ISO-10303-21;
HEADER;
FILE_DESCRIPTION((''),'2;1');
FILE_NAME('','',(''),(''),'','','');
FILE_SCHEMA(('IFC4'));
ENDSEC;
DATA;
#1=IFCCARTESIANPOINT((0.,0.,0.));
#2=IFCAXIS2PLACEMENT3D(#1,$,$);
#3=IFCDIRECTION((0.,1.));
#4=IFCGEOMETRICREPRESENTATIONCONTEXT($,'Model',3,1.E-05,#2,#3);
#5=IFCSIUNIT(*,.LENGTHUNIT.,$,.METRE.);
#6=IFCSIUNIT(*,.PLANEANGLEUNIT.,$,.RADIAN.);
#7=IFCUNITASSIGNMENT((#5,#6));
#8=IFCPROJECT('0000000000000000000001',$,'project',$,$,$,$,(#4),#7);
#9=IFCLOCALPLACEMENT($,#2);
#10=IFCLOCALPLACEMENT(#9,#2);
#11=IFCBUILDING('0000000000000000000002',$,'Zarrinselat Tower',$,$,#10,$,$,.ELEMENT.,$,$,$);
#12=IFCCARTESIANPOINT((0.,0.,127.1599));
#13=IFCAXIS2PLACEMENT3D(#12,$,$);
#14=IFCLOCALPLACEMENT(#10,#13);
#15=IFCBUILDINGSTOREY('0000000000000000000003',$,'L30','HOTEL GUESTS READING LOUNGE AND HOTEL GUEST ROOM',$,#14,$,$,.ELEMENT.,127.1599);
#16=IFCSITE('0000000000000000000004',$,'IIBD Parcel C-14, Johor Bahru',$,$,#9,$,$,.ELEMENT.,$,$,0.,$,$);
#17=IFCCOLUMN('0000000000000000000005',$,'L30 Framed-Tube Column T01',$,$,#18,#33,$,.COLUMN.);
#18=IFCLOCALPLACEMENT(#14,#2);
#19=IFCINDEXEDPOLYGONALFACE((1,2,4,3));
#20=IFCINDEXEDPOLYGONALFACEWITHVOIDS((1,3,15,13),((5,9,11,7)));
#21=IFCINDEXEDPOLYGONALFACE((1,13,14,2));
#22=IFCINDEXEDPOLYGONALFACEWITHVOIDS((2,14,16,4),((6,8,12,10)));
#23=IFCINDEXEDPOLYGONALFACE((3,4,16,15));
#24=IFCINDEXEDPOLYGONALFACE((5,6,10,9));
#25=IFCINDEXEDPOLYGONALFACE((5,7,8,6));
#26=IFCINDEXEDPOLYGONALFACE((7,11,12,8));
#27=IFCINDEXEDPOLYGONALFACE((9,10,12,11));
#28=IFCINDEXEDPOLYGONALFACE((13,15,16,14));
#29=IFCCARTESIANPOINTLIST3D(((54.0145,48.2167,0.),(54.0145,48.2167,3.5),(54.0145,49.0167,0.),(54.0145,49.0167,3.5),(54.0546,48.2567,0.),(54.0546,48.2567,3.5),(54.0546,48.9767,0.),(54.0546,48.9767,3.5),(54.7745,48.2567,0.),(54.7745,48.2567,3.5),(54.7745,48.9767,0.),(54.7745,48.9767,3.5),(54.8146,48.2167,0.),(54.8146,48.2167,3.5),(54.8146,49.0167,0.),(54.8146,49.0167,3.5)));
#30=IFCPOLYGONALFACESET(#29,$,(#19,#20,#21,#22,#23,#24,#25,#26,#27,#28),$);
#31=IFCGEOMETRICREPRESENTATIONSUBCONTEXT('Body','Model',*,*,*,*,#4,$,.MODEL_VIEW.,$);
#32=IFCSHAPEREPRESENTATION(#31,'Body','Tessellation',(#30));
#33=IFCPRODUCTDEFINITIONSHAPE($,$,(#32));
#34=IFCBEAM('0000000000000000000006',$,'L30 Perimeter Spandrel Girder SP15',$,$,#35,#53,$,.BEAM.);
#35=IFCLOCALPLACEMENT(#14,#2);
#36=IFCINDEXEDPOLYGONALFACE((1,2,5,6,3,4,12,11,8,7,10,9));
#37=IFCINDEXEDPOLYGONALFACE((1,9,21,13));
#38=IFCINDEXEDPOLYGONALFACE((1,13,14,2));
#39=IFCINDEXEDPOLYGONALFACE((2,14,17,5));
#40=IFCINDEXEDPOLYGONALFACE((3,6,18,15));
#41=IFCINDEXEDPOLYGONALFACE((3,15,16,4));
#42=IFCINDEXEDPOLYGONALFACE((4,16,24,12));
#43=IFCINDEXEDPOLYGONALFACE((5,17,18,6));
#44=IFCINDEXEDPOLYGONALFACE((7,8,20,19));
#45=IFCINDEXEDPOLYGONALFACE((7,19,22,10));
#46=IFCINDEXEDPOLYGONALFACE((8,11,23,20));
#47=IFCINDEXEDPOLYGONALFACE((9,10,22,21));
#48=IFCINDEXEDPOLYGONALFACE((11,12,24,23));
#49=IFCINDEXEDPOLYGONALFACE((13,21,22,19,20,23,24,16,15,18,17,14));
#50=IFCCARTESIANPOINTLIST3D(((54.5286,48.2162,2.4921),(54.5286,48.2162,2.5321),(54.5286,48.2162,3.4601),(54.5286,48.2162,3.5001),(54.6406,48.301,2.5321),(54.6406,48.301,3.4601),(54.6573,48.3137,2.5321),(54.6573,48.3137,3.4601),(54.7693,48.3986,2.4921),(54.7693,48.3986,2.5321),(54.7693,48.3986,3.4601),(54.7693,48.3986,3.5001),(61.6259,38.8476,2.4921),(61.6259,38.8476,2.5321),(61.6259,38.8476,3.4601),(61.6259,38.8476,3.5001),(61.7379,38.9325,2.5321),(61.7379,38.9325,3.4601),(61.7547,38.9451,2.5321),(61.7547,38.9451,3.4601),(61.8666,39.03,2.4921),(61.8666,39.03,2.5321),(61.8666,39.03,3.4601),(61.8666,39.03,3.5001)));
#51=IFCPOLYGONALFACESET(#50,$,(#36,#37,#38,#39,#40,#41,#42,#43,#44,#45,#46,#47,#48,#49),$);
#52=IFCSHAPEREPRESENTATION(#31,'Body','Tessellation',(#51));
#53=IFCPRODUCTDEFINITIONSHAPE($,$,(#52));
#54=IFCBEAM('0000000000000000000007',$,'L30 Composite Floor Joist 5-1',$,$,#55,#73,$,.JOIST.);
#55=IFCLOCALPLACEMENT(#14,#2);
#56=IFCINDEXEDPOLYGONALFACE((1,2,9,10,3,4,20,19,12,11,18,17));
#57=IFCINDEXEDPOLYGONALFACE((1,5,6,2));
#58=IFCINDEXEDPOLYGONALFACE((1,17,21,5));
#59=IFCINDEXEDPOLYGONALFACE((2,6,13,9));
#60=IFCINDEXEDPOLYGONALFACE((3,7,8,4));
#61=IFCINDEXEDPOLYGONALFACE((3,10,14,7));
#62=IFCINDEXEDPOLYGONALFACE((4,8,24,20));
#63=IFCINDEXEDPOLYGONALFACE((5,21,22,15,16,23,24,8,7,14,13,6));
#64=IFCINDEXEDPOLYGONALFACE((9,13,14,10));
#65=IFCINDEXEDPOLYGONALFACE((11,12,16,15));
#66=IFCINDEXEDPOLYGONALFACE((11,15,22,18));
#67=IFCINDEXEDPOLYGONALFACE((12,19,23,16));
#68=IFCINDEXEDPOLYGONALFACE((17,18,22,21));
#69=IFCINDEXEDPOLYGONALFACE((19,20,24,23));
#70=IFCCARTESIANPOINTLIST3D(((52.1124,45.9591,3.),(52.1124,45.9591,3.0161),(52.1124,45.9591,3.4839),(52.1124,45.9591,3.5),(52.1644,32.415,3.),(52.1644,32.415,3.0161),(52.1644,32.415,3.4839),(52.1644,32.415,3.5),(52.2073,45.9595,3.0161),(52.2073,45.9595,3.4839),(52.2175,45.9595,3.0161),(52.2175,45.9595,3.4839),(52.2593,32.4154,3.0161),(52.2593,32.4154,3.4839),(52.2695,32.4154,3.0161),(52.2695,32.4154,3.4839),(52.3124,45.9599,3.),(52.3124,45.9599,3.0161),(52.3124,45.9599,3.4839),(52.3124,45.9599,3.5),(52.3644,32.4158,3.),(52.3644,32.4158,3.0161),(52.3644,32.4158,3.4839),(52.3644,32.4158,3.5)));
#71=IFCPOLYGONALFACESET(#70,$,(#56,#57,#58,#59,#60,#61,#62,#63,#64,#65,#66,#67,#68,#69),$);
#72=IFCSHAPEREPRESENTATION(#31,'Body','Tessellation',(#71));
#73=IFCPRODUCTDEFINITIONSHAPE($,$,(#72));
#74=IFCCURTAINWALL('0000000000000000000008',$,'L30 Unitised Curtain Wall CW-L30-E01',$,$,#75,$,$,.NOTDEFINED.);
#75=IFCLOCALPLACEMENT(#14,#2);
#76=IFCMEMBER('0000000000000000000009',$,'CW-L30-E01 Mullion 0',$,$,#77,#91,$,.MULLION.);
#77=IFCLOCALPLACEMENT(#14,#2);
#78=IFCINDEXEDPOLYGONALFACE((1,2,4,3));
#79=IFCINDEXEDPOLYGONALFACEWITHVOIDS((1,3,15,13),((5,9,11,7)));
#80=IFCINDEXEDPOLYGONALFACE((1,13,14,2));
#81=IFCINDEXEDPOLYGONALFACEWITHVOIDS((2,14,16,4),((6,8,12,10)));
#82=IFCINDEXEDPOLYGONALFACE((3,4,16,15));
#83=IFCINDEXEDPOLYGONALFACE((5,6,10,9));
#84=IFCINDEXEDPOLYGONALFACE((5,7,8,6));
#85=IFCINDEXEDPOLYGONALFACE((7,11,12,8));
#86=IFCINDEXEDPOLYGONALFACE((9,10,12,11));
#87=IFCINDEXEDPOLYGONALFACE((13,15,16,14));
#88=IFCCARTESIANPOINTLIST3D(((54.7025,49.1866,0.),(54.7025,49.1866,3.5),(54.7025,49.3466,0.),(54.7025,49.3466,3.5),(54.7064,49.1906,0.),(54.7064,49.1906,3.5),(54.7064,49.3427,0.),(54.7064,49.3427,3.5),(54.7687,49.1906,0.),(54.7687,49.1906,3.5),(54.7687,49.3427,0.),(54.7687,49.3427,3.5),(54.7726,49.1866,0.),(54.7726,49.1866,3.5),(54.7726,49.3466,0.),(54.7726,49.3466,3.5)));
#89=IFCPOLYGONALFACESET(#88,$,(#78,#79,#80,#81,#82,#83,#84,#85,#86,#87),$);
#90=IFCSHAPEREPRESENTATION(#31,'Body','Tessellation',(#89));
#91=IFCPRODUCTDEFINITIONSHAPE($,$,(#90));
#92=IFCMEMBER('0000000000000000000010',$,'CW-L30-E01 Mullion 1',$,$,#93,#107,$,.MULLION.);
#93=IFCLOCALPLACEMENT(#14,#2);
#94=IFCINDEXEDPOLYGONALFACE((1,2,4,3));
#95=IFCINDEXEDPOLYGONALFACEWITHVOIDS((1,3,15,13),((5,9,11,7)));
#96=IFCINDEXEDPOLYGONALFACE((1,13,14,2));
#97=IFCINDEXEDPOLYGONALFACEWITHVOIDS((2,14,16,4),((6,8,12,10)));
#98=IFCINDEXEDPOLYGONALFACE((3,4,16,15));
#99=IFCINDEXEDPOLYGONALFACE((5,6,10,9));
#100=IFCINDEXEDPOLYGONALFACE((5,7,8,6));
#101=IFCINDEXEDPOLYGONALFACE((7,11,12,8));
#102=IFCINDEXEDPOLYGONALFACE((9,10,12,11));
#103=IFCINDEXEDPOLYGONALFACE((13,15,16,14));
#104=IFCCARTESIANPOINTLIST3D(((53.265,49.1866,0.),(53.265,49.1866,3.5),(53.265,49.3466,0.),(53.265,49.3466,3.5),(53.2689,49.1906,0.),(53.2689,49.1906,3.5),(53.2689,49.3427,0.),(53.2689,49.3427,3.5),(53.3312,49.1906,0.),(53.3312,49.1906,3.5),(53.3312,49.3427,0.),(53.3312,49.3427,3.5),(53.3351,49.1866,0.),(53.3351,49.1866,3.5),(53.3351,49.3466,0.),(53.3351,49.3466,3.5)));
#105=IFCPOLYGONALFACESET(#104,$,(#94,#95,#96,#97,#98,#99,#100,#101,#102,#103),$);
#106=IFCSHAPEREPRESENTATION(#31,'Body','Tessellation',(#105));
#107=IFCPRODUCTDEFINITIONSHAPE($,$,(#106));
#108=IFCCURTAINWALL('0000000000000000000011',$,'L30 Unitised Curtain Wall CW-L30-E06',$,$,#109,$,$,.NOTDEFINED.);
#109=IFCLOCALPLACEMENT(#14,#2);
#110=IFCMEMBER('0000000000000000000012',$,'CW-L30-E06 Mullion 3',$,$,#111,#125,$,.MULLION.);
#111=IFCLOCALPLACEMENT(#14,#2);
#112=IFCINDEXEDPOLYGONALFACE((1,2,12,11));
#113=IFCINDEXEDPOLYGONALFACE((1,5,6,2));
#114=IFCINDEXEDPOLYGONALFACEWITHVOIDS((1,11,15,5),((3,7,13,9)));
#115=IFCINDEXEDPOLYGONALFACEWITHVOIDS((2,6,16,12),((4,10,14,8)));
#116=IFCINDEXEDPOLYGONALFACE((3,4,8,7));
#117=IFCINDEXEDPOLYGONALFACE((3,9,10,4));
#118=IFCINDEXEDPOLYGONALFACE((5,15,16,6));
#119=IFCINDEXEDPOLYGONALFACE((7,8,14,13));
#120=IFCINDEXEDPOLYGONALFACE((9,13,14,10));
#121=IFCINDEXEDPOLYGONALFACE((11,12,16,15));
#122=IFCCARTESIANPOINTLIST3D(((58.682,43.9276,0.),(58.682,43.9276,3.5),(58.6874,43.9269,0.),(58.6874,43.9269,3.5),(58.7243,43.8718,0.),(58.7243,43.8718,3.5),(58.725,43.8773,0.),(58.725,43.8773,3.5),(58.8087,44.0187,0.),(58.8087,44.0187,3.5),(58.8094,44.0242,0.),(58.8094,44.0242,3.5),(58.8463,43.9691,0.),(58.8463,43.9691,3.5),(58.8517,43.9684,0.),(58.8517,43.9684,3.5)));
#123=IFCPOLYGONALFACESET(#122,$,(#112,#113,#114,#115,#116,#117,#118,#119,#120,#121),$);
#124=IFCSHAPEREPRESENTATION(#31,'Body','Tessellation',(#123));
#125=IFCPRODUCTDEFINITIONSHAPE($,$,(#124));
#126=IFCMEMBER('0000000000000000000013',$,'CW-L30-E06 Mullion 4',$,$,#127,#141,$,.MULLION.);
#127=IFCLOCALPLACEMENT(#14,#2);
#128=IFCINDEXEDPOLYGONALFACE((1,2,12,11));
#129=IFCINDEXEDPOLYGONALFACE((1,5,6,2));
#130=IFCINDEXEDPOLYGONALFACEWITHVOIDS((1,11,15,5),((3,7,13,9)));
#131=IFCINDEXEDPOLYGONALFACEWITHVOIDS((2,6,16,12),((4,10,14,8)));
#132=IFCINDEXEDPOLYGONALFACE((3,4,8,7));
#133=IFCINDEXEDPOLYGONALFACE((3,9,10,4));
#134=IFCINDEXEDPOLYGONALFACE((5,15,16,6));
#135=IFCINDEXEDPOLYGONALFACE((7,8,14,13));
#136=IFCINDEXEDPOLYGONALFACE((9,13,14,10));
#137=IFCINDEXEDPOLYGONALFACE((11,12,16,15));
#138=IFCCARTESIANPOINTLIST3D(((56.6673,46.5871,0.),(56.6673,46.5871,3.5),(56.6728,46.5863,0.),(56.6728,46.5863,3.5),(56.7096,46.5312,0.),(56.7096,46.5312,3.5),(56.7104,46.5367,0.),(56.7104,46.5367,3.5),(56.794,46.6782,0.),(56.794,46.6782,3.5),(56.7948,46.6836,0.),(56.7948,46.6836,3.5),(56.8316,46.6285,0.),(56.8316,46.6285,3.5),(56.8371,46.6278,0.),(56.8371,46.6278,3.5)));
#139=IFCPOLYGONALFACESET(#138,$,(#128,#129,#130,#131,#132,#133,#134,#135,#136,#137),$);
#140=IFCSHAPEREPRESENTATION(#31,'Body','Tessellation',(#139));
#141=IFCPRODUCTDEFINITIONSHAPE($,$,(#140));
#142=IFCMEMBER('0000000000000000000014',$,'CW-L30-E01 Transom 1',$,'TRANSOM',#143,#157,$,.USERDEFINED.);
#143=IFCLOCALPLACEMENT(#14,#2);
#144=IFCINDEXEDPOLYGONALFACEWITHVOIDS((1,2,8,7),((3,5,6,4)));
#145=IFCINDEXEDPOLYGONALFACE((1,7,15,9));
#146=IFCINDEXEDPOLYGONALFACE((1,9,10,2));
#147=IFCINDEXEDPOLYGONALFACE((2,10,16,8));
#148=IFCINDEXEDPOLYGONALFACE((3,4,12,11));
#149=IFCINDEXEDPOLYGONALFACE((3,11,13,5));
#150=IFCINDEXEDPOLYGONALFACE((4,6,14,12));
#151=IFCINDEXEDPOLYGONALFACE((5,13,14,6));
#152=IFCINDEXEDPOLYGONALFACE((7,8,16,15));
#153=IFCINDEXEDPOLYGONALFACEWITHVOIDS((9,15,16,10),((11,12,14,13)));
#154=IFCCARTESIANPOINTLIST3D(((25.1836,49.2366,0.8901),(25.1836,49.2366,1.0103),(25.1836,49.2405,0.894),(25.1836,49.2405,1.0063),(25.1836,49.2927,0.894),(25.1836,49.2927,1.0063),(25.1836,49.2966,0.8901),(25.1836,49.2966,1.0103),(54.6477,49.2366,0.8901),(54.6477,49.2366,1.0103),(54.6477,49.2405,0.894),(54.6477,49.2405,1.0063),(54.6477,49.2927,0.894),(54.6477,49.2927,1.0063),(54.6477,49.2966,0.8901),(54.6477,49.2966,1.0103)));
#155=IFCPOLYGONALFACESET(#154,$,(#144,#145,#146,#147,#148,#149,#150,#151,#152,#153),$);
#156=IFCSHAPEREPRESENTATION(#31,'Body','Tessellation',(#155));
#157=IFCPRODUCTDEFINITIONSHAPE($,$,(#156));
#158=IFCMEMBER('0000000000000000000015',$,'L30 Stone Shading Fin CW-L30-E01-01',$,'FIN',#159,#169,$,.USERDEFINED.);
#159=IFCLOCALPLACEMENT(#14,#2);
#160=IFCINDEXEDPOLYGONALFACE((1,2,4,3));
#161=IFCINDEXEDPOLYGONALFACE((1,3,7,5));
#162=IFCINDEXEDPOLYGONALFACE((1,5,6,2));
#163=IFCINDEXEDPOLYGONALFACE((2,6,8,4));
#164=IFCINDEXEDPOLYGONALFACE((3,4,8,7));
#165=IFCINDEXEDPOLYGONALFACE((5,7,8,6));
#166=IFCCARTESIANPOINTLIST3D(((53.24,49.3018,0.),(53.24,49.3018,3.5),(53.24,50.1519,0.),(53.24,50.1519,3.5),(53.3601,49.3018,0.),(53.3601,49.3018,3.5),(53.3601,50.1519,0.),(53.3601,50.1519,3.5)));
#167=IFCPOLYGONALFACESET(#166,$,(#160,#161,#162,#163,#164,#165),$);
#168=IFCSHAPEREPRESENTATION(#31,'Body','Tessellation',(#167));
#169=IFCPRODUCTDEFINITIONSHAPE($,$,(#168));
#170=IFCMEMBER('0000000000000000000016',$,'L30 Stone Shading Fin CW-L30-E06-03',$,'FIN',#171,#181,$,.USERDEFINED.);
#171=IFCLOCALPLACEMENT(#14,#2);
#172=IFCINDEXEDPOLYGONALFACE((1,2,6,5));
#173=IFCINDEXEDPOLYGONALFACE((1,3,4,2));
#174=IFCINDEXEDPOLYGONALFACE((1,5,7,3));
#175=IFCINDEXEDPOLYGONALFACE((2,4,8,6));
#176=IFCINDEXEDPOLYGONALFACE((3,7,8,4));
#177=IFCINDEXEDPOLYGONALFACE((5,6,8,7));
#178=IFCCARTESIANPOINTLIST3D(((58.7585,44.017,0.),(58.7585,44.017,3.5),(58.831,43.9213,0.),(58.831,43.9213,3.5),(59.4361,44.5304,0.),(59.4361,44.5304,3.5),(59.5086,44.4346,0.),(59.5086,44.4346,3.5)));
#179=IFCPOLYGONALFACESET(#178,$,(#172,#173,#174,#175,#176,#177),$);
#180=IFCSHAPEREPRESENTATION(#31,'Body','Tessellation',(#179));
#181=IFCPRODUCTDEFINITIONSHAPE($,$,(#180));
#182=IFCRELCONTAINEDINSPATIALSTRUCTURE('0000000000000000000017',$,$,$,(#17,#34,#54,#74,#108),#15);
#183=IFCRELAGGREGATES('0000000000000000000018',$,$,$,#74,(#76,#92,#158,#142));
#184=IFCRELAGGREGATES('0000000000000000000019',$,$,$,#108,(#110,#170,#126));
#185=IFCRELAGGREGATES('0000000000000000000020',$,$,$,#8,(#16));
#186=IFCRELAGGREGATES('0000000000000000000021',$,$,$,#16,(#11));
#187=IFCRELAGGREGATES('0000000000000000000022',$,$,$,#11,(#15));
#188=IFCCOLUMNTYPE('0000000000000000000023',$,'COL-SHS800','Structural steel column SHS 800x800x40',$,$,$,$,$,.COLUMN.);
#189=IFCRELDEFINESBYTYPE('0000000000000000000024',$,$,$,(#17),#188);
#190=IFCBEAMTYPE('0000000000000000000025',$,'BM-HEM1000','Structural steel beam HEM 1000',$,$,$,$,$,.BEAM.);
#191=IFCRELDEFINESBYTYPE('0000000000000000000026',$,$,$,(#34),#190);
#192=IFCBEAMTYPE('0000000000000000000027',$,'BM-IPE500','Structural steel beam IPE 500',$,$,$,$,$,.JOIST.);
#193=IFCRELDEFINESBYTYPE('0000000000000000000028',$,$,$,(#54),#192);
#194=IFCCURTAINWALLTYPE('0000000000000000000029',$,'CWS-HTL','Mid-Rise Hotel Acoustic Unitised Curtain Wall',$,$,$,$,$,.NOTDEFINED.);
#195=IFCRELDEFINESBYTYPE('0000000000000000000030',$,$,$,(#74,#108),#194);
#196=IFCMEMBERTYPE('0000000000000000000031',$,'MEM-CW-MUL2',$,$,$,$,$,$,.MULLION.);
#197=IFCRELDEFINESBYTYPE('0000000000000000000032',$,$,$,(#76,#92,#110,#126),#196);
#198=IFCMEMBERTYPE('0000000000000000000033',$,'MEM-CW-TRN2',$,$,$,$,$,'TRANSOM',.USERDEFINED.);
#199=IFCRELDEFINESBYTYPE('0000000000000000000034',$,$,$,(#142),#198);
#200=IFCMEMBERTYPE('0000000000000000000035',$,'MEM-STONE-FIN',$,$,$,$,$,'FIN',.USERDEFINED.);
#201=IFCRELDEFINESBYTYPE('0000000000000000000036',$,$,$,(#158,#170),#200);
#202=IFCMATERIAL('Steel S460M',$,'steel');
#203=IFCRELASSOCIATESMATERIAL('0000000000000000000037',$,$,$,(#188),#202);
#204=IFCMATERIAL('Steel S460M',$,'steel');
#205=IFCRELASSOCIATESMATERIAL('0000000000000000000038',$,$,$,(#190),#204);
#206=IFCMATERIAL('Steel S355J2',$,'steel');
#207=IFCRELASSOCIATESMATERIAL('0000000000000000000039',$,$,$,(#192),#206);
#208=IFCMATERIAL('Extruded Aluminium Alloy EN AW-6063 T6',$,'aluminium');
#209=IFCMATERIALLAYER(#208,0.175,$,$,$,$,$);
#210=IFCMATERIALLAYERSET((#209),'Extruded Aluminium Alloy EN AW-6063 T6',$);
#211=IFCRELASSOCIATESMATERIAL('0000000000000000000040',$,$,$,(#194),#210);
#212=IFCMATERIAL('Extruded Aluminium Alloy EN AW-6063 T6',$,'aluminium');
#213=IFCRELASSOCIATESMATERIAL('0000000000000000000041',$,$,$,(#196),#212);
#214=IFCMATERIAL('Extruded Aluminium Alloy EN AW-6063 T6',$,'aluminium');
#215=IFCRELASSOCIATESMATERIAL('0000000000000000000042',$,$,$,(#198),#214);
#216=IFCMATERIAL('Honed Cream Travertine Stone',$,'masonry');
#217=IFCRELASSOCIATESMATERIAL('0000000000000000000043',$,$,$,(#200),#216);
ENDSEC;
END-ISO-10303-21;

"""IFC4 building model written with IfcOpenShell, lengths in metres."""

from ifc_helpers import new_model, si_unit, direction, frame, origin, origin_2d, place, context, subcontext, project, spatial, rectangle, hollow_rectangle, i_section, extrude, material, layer, layer_set, material_profile, profile_set, type_object, element, aggregate, save


model = new_model("IFC4")

# Units and contexts
model_context = context("Model", 3, precision=1e-05, world=origin(), true_north=direction((0.0, 1.0)))
body_context = subcontext(model_context, "Body", "Model", "MODEL_VIEW")
ifc_project = project(units=[si_unit("LENGTHUNIT", "METRE"), si_unit("PLANEANGLEUNIT", "RADIAN")], contexts=[model_context])

# Site, building, storey
site_placement = place(None, origin())
site = spatial("IfcSite", under=ifc_project, at=site_placement, Name="IIBD Parcel C-14, Johor Bahru", CompositionType="ELEMENT", RefElevation=0.0)
building_placement = place(site_placement, origin())
building = spatial("IfcBuilding", under=site, at=building_placement, Name="Zarrinselat Tower", CompositionType="ELEMENT")
storey_placement = place(building_placement, frame((0.0, 0.0, 127.1599)))
storey = spatial("IfcBuildingStorey", under=building, at=storey_placement, Name="L30", Description="HOTEL GUESTS READING LOUNGE AND HOTEL GUEST ROOM", CompositionType="ELEMENT", Elevation=127.1599)

# Column
ifc_material_1 = material(Name="Steel S460M", Category="steel")
ifc_material_profile_1 = material_profile(ifc_material_1, hollow_rectangle(XDim=0.8, YDim=0.8, WallThickness=0.04, at=origin_2d()), Name="SHS 800x800x40")
ifc_profile_set_1 = profile_set([ifc_material_profile_1], Name="Steel S460M")
column_type = type_object("IfcColumnType", Name="COL-SHS800", Description="Structural steel column SHS 800x800x40", PredefinedType="COLUMN", material=ifc_profile_set_1)
column_placement = place(storey_placement, frame((54.4146, 48.6167, 0.0), z_axis=(0.0, 0.0, 1.0), x_axis=(1.0, 0.0, 0.0)))
element("IfcColumn", 1, at=column_placement, inside=storey, type_object=column_type, Name="L30 Framed-Tube Column T01", PredefinedType="COLUMN", context=body_context, shape_type="SweptSolid", body=[
    extrude(hollow_rectangle(XDim=0.8, YDim=0.8, WallThickness=0.04, at=origin_2d()), origin(), (0.0, 0.0, 1.0), 3.5),
])

# Beams
ifc_material_2 = material(Name="Steel S460M", Category="steel")
ifc_material_profile_2 = material_profile(ifc_material_2, i_section(OverallWidth=0.302, OverallDepth=1.0081, WebThickness=0.021, FlangeThickness=0.04, at=origin_2d()), Name="HEM 1000")
ifc_profile_set_2 = profile_set([ifc_material_profile_2], Name="Steel S460M")
beam_type_1 = type_object("IfcBeamType", Name="BM-HEM1000", Description="Structural steel beam HEM 1000", PredefinedType="BEAM", material=ifc_profile_set_2)
beam_1_placement = place(storey_placement, frame((54.6489, 48.3074, 2.9961), z_axis=(0.603855, -0.797094, 0.0), x_axis=(0.797094, 0.603855, 0.0)))
element("IfcBeam", 2, at=beam_1_placement, inside=storey, type_object=beam_type_1, Name="L30 Perimeter Spandrel Girder SP15", PredefinedType="BEAM", context=body_context, shape_type="SweptSolid", body=[
    extrude(i_section(OverallWidth=0.302, OverallDepth=1.0081, WebThickness=0.021, FlangeThickness=0.04, at=origin_2d()), origin(), (0.0, 0.0, 1.0), 11.7534),
])
ifc_material_3 = material(Name="Steel S355J2", Category="steel")
ifc_material_profile_3 = material_profile(ifc_material_3, i_section(OverallWidth=0.2, OverallDepth=0.5, WebThickness=0.0103, FlangeThickness=0.0161, at=origin_2d()), Name="IPE 500")
ifc_profile_set_3 = profile_set([ifc_material_profile_3], Name="Steel S355J2")
beam_type_2 = type_object("IfcBeamType", Name="BM-IPE500", Description="Structural steel beam IPE 500", PredefinedType="JOIST", material=ifc_profile_set_3)
beam_2_placement = place(storey_placement, frame((52.2124, 45.9595, 3.25), z_axis=(0.003839, -0.999993, 0.0), x_axis=(0.999993, 0.003839, 0.0)))
element("IfcBeam", 3, at=beam_2_placement, inside=storey, type_object=beam_type_2, Name="L30 Composite Floor Joist 5-1", PredefinedType="JOIST", context=body_context, shape_type="SweptSolid", body=[
    extrude(i_section(OverallWidth=0.2, OverallDepth=0.5, WebThickness=0.0103, FlangeThickness=0.0161, at=origin_2d()), origin(), (0.0, 0.0, 1.0), 13.5442),
])

# Curtain walls, members
ifc_material_4 = material(Name="Extruded Aluminium Alloy EN AW-6063 T6", Category="aluminium")
ifc_layer_1 = layer(ifc_material_4, 0.175)
ifc_layer_set_1 = layer_set([ifc_layer_1], Name="Extruded Aluminium Alloy EN AW-6063 T6")
curtain_wall_type = type_object("IfcCurtainWallType", Name="CWS-HTL", Description="Mid-Rise Hotel Acoustic Unitised Curtain Wall", PredefinedType="NOTDEFINED", material=ifc_layer_set_1)
curtain_wall_1_placement = place(storey_placement, origin())
curtain_wall_1 = element("IfcCurtainWall", 4, at=curtain_wall_1_placement, inside=storey, type_object=curtain_wall_type, Name="L30 Unitised Curtain Wall CW-L30-E01", PredefinedType="NOTDEFINED")
ifc_material_5 = material(Name="Extruded Aluminium Alloy EN AW-6063 T6", Category="aluminium")
ifc_material_profile_4 = material_profile(ifc_material_5, hollow_rectangle(XDim=0.0701, YDim=0.1599, WallThickness=0.0039, at=origin_2d()), Name="RHS 160x70x4")
ifc_profile_set_4 = profile_set([ifc_material_profile_4], Name="Extruded Aluminium Alloy EN AW-6063 T6")
member_type_1 = type_object("IfcMemberType", Name="MEM-CW-MUL2", PredefinedType="MULLION", material=ifc_profile_set_4)
member_1_placement = place(storey_placement, frame((54.7375, 49.2666, 0.0), z_axis=(0.0, 0.0, 1.0), x_axis=(-1.0, 0.0, 0.0)))
member_1 = element("IfcMember", 5, at=member_1_placement, type_object=member_type_1, Name="CW-L30-E01 Mullion 0", PredefinedType="MULLION", context=body_context, shape_type="SweptSolid", body=[
    extrude(hollow_rectangle(XDim=0.0701, YDim=0.1599, WallThickness=0.0039, at=origin_2d()), origin(), (0.0, 0.0, 1.0), 3.5),
])
member_2_placement = place(storey_placement, frame((53.3, 49.2666, 0.0), z_axis=(0.0, 0.0, 1.0), x_axis=(-1.0, 0.0, 0.0)))
member_2 = element("IfcMember", 6, at=member_2_placement, type_object=member_type_1, Name="CW-L30-E01 Mullion 1", PredefinedType="MULLION", context=body_context, shape_type="SweptSolid", body=[
    extrude(hollow_rectangle(XDim=0.0701, YDim=0.1599, WallThickness=0.0039, at=origin_2d()), origin(), (0.0, 0.0, 1.0), 3.5),
])
curtain_wall_2_placement = place(storey_placement, origin())
curtain_wall_2 = element("IfcCurtainWall", 7, at=curtain_wall_2_placement, inside=storey, type_object=curtain_wall_type, Name="L30 Unitised Curtain Wall CW-L30-E06", PredefinedType="NOTDEFINED")
member_3_placement = place(storey_placement, frame((58.7668, 43.948, 0.0), z_axis=(0.0, 0.0, 1.0), x_axis=(-0.603858, 0.797092, 0.0)))
member_3 = element("IfcMember", 8, at=member_3_placement, type_object=member_type_1, Name="CW-L30-E06 Mullion 3", PredefinedType="MULLION", context=body_context, shape_type="SweptSolid", body=[
    extrude(hollow_rectangle(XDim=0.0701, YDim=0.1599, WallThickness=0.0039, at=origin_2d()), origin(), (0.0, 0.0, 1.0), 3.5),
])
member_4_placement = place(storey_placement, frame((56.7522, 46.6074, 0.0), z_axis=(0.0, 0.0, 1.0), x_axis=(-0.603858, 0.797092, 0.0)))
member_4 = element("IfcMember", 9, at=member_4_placement, type_object=member_type_1, Name="CW-L30-E06 Mullion 4", PredefinedType="MULLION", context=body_context, shape_type="SweptSolid", body=[
    extrude(hollow_rectangle(XDim=0.0701, YDim=0.1599, WallThickness=0.0039, at=origin_2d()), origin(), (0.0, 0.0, 1.0), 3.5),
])

# Members
ifc_material_6 = material(Name="Extruded Aluminium Alloy EN AW-6063 T6", Category="aluminium")
ifc_material_profile_5 = material_profile(ifc_material_6, hollow_rectangle(XDim=0.0601, YDim=0.1201, WallThickness=0.0039, at=origin_2d()), Name="RHS 120x60x4")
ifc_profile_set_5 = profile_set([ifc_material_profile_5], Name="Extruded Aluminium Alloy EN AW-6063 T6")
member_type_2 = type_object("IfcMemberType", Name="MEM-CW-TRN2", ElementType="TRANSOM", PredefinedType="USERDEFINED", material=ifc_profile_set_5)
member_5_placement = place(storey_placement, frame((54.6477, 49.2666, 0.9502), z_axis=(-1.0, 0.0, 0.0), x_axis=(0.0, -1.0, 0.0)))
member_5 = element("IfcMember", 10, at=member_5_placement, type_object=member_type_2, Name="CW-L30-E01 Transom 1", ObjectType="TRANSOM", PredefinedType="USERDEFINED", context=body_context, shape_type="SweptSolid", body=[
    extrude(hollow_rectangle(XDim=0.0601, YDim=0.1201, WallThickness=0.0039, at=origin_2d()), origin(), (0.0, 0.0, 1.0), 29.4641),
])
ifc_material_7 = material(Name="Honed Cream Travertine Stone", Category="masonry")
ifc_material_profile_6 = material_profile(ifc_material_7, rectangle(XDim=0.1201, YDim=0.8501, at=origin_2d()), Name="FIN 850x120")
ifc_profile_set_6 = profile_set([ifc_material_profile_6], Name="Honed Cream Travertine Stone")
member_type_3 = type_object("IfcMemberType", Name="MEM-STONE-FIN", ElementType="FIN", PredefinedType="USERDEFINED", material=ifc_profile_set_6)
member_6_placement = place(storey_placement, frame((53.3, 49.7268, 0.0), z_axis=(0.0, 0.0, 1.0), x_axis=(1.0, 0.0, 0.0)))
member_6 = element("IfcMember", 11, at=member_6_placement, type_object=member_type_3, Name="L30 Stone Shading Fin CW-L30-E01-01", ObjectType="FIN", PredefinedType="USERDEFINED", context=body_context, shape_type="SweptSolid", body=[
    extrude(rectangle(XDim=0.1201, YDim=0.8501, at=origin_2d()), origin(), (0.0, 0.0, 1.0), 3.5),
])
member_7_placement = place(storey_placement, frame((59.1335, 44.2258, 0.0), z_axis=(0.0, 0.0, 1.0), x_axis=(0.603858, -0.797092, 0.0)))
member_7 = element("IfcMember", 12, at=member_7_placement, type_object=member_type_3, Name="L30 Stone Shading Fin CW-L30-E06-03", ObjectType="FIN", PredefinedType="USERDEFINED", context=body_context, shape_type="SweptSolid", body=[
    extrude(rectangle(XDim=0.1201, YDim=0.8501, at=origin_2d()), origin(), (0.0, 0.0, 1.0), 3.5),
])

aggregate(curtain_wall_1, [member_1, member_2, member_6, member_5])
aggregate(curtain_wall_2, [member_3, member_7, member_4])

save(model, "model.ifc")
